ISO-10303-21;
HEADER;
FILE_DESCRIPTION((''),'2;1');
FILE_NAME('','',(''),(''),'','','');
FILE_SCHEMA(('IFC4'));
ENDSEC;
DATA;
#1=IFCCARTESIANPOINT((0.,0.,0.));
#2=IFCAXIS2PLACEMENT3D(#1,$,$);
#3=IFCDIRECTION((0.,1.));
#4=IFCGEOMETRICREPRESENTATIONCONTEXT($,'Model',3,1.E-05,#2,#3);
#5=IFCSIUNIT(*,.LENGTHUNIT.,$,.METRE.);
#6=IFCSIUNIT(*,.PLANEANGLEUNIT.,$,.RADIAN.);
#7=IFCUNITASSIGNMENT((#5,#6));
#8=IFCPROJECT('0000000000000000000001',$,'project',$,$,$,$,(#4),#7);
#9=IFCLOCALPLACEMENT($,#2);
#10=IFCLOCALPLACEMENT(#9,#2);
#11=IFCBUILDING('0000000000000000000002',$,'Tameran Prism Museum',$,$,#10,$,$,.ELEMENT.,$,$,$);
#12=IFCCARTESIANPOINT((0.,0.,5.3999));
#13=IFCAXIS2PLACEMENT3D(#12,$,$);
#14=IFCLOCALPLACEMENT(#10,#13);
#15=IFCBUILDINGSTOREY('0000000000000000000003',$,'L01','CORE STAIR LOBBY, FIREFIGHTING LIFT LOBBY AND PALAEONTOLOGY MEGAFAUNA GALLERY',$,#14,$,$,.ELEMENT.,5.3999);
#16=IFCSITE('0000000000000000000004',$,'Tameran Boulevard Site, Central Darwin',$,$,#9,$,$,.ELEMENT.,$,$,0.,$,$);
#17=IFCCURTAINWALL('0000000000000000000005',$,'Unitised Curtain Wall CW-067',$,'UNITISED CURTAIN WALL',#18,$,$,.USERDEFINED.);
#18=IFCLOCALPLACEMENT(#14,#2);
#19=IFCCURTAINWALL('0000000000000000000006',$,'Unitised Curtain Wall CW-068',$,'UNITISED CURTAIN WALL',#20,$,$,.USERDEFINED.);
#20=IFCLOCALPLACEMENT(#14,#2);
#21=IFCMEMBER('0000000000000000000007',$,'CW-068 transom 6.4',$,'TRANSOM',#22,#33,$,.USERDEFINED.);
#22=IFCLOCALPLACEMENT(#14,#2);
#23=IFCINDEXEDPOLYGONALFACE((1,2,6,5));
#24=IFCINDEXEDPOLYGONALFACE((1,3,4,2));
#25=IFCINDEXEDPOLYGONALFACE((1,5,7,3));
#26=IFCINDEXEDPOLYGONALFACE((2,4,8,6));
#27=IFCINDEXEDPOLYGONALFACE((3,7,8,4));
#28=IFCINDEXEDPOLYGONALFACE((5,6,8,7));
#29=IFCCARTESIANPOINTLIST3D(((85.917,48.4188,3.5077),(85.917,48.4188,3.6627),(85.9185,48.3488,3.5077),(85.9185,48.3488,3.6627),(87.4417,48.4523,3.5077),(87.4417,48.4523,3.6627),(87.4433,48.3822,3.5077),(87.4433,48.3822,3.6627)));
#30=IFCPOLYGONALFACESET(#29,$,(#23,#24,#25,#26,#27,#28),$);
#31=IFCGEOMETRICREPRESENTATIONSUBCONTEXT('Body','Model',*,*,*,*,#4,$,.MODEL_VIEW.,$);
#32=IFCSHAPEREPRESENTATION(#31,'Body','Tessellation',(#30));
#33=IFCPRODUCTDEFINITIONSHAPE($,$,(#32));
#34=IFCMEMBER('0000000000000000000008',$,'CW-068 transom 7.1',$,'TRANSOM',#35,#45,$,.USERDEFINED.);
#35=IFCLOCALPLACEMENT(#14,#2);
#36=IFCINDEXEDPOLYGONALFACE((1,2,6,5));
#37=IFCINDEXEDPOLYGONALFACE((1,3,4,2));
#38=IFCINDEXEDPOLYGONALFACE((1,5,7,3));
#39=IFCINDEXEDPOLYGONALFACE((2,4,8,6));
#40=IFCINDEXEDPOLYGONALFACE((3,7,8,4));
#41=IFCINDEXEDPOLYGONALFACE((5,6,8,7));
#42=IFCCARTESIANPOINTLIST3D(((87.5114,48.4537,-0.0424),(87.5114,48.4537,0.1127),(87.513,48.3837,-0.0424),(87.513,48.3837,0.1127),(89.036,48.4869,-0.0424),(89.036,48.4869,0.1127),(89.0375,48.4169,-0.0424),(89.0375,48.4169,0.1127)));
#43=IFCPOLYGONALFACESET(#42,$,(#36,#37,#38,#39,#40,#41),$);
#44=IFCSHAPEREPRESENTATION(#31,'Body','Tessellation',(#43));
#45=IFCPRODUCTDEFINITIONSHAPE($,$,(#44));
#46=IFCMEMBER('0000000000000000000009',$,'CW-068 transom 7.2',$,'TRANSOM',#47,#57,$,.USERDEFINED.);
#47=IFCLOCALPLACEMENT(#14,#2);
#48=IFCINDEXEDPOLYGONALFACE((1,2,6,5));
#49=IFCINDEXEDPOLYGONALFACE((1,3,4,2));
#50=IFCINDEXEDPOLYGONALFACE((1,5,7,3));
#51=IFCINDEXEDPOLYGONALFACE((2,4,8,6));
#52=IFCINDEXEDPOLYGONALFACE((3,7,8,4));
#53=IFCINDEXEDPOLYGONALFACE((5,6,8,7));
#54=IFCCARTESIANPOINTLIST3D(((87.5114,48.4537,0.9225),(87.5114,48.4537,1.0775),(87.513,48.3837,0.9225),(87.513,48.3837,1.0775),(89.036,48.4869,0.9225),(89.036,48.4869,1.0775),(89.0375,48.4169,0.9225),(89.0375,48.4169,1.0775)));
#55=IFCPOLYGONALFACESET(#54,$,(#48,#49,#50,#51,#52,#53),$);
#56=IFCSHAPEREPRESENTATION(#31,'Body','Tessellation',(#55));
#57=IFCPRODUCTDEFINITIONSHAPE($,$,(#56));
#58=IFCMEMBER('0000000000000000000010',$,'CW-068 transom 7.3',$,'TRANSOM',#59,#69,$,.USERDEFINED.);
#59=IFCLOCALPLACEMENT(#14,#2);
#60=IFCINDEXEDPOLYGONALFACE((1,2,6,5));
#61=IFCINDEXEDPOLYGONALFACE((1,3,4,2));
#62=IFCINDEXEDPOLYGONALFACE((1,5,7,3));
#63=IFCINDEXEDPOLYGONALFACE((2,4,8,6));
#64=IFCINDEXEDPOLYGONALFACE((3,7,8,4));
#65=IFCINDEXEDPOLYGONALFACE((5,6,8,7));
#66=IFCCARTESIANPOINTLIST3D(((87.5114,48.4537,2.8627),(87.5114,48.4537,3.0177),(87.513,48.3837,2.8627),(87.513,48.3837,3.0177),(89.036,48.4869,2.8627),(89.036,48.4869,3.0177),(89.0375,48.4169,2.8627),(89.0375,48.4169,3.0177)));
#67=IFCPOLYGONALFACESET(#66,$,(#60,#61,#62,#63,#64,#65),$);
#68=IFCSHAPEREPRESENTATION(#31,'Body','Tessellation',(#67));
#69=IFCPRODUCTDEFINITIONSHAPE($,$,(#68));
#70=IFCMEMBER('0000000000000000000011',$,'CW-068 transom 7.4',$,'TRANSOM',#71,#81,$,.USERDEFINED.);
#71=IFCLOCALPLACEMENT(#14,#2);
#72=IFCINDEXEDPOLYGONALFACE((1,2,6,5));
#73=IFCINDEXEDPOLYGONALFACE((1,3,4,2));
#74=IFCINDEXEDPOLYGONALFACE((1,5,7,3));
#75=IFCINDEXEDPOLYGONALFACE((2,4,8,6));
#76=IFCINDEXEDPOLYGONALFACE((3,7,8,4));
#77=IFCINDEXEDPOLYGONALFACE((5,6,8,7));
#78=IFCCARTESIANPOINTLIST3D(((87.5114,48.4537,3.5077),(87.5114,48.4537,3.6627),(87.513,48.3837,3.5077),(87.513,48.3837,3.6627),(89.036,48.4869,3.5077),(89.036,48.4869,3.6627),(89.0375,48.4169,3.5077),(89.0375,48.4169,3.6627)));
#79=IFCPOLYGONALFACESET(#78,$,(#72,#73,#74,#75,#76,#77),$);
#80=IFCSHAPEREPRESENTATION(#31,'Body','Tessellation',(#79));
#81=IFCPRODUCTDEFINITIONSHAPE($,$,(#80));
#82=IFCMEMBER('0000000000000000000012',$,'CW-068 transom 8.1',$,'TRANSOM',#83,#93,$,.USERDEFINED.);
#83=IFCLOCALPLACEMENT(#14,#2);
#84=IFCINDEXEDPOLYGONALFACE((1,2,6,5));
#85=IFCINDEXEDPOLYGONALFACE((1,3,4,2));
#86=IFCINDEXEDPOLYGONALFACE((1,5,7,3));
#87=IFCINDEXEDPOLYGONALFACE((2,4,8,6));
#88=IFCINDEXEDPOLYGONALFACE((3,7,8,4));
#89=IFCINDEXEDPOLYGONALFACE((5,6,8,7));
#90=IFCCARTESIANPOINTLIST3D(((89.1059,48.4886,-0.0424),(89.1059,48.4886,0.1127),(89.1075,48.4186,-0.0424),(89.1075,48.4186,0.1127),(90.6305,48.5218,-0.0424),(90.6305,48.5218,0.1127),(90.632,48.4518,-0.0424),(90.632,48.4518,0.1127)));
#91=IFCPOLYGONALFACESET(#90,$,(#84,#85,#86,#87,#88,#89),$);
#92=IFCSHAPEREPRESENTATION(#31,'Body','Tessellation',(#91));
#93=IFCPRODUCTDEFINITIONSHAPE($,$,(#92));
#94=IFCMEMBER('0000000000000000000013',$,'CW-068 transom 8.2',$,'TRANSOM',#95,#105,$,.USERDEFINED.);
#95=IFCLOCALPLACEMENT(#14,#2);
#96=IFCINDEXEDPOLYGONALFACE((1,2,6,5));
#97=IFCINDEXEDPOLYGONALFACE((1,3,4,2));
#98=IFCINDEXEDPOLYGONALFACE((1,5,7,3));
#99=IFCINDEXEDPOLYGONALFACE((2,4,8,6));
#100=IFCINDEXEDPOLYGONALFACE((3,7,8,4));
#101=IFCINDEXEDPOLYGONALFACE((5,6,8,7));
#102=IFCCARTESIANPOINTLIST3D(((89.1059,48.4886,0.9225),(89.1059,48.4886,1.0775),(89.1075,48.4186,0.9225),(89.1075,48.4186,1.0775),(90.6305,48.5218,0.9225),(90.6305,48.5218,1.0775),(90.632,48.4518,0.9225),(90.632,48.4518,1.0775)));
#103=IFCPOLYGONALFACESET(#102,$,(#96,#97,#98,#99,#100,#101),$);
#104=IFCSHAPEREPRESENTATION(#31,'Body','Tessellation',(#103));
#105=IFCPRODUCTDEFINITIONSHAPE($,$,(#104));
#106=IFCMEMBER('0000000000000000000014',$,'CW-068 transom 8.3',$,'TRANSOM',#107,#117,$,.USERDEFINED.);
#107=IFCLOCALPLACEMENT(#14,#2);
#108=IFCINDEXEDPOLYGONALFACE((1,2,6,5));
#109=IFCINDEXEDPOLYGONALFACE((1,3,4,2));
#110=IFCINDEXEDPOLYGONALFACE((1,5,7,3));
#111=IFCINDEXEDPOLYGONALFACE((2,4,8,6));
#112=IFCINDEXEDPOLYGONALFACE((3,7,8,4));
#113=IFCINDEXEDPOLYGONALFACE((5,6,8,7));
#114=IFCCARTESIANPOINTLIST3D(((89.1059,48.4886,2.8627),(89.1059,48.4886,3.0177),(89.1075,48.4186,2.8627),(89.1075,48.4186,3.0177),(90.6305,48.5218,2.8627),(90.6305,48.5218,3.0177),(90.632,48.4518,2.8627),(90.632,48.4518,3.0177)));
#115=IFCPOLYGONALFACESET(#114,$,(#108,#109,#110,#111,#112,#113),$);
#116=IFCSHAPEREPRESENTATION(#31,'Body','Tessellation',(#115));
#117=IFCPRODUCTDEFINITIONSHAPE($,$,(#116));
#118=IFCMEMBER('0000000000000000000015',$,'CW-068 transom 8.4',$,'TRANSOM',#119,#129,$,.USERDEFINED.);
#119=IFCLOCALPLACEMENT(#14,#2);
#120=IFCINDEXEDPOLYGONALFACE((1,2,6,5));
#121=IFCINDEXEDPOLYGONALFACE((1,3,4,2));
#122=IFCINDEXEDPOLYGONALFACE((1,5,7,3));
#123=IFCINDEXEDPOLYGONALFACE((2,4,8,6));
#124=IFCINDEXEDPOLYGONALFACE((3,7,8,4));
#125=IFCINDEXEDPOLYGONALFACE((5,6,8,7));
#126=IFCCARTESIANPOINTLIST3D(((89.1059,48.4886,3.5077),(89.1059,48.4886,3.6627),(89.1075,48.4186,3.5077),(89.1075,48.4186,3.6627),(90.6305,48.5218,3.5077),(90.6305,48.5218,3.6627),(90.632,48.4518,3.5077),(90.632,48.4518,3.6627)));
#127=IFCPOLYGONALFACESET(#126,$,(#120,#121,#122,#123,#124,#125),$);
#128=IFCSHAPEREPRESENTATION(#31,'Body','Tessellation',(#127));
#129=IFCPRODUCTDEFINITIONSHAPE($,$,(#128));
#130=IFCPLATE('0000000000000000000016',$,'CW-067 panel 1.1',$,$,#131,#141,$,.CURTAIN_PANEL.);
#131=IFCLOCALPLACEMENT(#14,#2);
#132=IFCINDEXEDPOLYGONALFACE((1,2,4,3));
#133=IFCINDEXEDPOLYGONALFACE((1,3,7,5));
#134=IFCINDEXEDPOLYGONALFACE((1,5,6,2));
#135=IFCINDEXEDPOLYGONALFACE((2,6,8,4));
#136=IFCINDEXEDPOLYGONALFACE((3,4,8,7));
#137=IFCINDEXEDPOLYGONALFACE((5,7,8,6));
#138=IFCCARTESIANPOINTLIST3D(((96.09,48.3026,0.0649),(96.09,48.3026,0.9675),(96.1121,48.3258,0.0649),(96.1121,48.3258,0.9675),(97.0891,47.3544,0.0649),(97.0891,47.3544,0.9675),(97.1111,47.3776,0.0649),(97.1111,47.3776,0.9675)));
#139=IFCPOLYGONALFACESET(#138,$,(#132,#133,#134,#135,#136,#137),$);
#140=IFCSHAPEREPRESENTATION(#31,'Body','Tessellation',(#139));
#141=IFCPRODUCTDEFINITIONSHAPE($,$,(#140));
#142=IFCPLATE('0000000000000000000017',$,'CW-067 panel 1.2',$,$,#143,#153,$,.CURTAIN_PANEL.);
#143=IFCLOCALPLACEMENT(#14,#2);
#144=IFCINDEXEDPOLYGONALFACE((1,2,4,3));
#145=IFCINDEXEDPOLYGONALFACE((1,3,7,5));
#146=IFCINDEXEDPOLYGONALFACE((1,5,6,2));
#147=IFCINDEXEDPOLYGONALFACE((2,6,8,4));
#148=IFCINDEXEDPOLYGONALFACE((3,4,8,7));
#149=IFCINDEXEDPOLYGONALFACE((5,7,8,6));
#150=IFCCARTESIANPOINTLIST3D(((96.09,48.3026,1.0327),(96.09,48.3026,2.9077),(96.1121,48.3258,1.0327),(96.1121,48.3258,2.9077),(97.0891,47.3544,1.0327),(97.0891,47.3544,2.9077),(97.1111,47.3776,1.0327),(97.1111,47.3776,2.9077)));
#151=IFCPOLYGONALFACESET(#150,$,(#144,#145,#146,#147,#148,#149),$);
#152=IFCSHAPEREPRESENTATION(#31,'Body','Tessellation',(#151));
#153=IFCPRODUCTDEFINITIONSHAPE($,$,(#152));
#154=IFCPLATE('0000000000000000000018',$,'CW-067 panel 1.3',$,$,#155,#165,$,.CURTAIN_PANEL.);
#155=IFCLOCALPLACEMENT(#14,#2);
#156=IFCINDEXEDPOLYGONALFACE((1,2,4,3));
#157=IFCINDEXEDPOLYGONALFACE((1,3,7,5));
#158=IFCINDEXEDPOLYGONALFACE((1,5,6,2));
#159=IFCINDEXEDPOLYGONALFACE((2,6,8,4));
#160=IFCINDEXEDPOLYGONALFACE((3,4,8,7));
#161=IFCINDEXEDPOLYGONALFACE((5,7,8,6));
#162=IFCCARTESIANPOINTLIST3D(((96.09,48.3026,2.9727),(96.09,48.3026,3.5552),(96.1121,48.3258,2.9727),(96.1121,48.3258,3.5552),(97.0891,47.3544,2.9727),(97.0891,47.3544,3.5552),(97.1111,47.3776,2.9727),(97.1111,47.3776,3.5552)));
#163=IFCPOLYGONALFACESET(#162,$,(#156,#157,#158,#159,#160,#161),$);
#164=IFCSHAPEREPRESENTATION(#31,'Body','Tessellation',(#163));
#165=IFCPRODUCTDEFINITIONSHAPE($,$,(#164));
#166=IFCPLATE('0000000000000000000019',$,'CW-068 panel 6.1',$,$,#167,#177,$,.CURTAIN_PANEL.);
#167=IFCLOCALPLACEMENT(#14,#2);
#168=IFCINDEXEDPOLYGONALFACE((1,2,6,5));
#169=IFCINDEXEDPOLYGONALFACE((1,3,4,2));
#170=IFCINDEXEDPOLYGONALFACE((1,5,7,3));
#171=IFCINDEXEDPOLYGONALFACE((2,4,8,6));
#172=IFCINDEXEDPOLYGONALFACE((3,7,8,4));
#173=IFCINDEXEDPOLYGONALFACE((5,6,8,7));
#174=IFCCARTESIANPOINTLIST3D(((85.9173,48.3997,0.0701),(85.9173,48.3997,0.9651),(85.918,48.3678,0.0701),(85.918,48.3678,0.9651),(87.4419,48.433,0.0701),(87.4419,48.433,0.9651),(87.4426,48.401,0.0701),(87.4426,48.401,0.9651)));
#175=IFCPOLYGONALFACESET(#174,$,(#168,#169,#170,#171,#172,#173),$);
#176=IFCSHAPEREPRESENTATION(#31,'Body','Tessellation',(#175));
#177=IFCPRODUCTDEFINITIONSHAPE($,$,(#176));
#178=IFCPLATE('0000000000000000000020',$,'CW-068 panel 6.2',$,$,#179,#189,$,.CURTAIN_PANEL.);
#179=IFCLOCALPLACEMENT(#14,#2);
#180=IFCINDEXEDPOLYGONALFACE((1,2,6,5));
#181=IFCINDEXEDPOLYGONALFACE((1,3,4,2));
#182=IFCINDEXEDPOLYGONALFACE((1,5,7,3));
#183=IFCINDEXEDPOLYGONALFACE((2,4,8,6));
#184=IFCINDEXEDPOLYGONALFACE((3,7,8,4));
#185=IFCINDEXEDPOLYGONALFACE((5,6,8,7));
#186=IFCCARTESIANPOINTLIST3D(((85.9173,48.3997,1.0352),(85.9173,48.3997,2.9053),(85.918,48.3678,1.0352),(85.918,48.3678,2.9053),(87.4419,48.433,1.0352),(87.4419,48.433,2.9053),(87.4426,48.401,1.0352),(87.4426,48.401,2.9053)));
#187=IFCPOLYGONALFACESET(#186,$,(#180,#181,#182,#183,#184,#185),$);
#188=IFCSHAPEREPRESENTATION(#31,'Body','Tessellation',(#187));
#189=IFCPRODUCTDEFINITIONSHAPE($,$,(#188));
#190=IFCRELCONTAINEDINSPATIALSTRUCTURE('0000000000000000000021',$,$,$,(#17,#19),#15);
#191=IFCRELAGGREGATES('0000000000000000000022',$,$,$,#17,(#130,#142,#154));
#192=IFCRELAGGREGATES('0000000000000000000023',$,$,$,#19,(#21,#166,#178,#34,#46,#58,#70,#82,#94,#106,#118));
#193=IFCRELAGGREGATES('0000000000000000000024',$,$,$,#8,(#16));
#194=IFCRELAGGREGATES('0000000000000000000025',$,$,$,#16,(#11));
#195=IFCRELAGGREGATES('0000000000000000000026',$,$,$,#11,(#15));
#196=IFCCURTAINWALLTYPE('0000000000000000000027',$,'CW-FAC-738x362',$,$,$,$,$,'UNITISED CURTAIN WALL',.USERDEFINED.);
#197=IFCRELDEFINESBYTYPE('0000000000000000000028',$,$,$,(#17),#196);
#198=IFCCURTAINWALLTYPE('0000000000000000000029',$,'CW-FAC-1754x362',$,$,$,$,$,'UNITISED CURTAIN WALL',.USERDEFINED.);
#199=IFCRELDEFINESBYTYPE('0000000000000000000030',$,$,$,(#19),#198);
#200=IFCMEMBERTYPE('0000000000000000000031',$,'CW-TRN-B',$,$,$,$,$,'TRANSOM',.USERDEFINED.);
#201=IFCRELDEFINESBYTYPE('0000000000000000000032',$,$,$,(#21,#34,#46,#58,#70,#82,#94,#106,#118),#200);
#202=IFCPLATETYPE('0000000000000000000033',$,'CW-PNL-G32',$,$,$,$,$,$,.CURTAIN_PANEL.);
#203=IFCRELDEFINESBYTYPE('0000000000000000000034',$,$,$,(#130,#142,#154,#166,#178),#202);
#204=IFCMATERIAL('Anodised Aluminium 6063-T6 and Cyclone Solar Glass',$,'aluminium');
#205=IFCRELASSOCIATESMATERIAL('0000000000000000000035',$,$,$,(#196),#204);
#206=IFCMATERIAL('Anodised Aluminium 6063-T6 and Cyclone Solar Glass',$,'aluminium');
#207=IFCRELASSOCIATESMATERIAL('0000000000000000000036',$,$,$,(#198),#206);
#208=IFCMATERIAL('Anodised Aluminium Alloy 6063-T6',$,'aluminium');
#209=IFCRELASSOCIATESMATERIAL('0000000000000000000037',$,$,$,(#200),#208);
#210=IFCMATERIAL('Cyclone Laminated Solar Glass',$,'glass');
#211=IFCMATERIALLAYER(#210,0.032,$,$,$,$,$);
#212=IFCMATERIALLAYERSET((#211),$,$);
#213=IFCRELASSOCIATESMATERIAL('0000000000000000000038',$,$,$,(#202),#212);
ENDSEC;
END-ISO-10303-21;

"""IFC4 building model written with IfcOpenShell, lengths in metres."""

from ifc_helpers import new_model, si_unit, direction, frame, origin, origin_2d, place, context, subcontext, project, spatial, rectangle, extrude, material, layer, layer_set, material_profile, profile_set, type_object, element, aggregate, save


model = new_model("IFC4")

# Units and contexts
model_context = context("Model", 3, precision=1e-05, world=origin(), true_north=direction((0.0, 1.0)))
body_context = subcontext(model_context, "Body", "Model", "MODEL_VIEW")
ifc_project = project(units=[si_unit("LENGTHUNIT", "METRE"), si_unit("PLANEANGLEUNIT", "RADIAN")], contexts=[model_context])

# Site, building, storey
site_placement = place(None, origin())
site = spatial("IfcSite", under=ifc_project, at=site_placement, Name="Tameran Boulevard Site, Central Darwin", CompositionType="ELEMENT", RefElevation=0.0)
building_placement = place(site_placement, origin())
building = spatial("IfcBuilding", under=site, at=building_placement, Name="Tameran Prism Museum", CompositionType="ELEMENT")
storey_placement = place(building_placement, frame((0.0, 0.0, 5.3999)))
storey = spatial("IfcBuildingStorey", under=building, at=storey_placement, Name="L01", Description="CORE STAIR LOBBY, FIREFIGHTING LIFT LOBBY AND PALAEONTOLOGY MEGAFAUNA GALLERY", CompositionType="ELEMENT", Elevation=5.3999)

# Curtain walls
ifc_material_1 = material(Name="Anodised Aluminium 6063-T6 and Cyclone Solar Glass", Category="aluminium")
curtain_wall_type_1 = type_object("IfcCurtainWallType", Name="CW-FAC-738x362", ElementType="UNITISED CURTAIN WALL", PredefinedType="USERDEFINED", material=ifc_material_1)
curtain_wall_1_placement = place(storey_placement, origin())
curtain_wall_1 = element("IfcCurtainWall", 1, at=curtain_wall_1_placement, inside=storey, type_object=curtain_wall_type_1, Name="Unitised Curtain Wall CW-067", ObjectType="UNITISED CURTAIN WALL", PredefinedType="USERDEFINED")
ifc_material_2 = material(Name="Anodised Aluminium 6063-T6 and Cyclone Solar Glass", Category="aluminium")
curtain_wall_type_2 = type_object("IfcCurtainWallType", Name="CW-FAC-1754x362", ElementType="UNITISED CURTAIN WALL", PredefinedType="USERDEFINED", material=ifc_material_2)
curtain_wall_2_placement = place(storey_placement, origin())
curtain_wall_2 = element("IfcCurtainWall", 2, at=curtain_wall_2_placement, inside=storey, type_object=curtain_wall_type_2, Name="Unitised Curtain Wall CW-068", ObjectType="UNITISED CURTAIN WALL", PredefinedType="USERDEFINED")

# Members
ifc_material_3 = material(Name="Anodised Aluminium Alloy 6063-T6", Category="aluminium")
ifc_material_profile_1 = material_profile(ifc_material_3, rectangle(XDim=0.0701, YDim=0.155, at=origin_2d()))
ifc_profile_set_1 = profile_set([ifc_material_profile_1])
member_type_1 = type_object("IfcMemberType", Name="CW-TRN-B", ElementType="TRANSOM", PredefinedType="USERDEFINED", material=ifc_profile_set_1)
member_1_placement = place(storey_placement, frame((85.9177, 48.3838, 3.5852), z_axis=(0.999759, 0.021932, 0.0), x_axis=(-0.021932, 0.999759, 0.0)))
member_1 = element("IfcMember", 3, at=member_1_placement, type_object=member_type_1, Name="CW-068 transom 6.4", ObjectType="TRANSOM", PredefinedType="USERDEFINED", context=body_context, shape_type="SweptSolid", body=[
    extrude(rectangle(XDim=0.0701, YDim=0.155, at=origin_2d()), origin(), (0.0, 0.0, 1.0), 1.5251),
])
member_2_placement = place(storey_placement, frame((87.5122, 48.4187, 0.0352), z_axis=(0.999763, 0.021772, 0.0), x_axis=(-0.021772, 0.999763, 0.0)))
member_2 = element("IfcMember", 4, at=member_2_placement, type_object=member_type_1, Name="CW-068 transom 7.1", ObjectType="TRANSOM", PredefinedType="USERDEFINED", context=body_context, shape_type="SweptSolid", body=[
    extrude(rectangle(XDim=0.0701, YDim=0.155, at=origin_2d()), origin(), (0.0, 0.0, 1.0), 1.5249),
])
member_3_placement = place(storey_placement, frame((87.5122, 48.4187, 1.0), z_axis=(0.999763, 0.021772, 0.0), x_axis=(-0.021772, 0.999763, 0.0)))
member_3 = element("IfcMember", 5, at=member_3_placement, type_object=member_type_1, Name="CW-068 transom 7.2", ObjectType="TRANSOM", PredefinedType="USERDEFINED", context=body_context, shape_type="SweptSolid", body=[
    extrude(rectangle(XDim=0.0701, YDim=0.155, at=origin_2d()), origin(), (0.0, 0.0, 1.0), 1.5249),
])
member_4_placement = place(storey_placement, frame((87.5122, 48.4187, 2.9402), z_axis=(0.999763, 0.021772, 0.0), x_axis=(-0.021772, 0.999763, 0.0)))
member_4 = element("IfcMember", 6, at=member_4_placement, type_object=member_type_1, Name="CW-068 transom 7.3", ObjectType="TRANSOM", PredefinedType="USERDEFINED", context=body_context, shape_type="SweptSolid", body=[
    extrude(rectangle(XDim=0.0701, YDim=0.155, at=origin_2d()), origin(), (0.0, 0.0, 1.0), 1.5249),
])
member_5_placement = place(storey_placement, frame((87.5122, 48.4187, 3.5852), z_axis=(0.999763, 0.021772, 0.0), x_axis=(-0.021772, 0.999763, 0.0)))
member_5 = element("IfcMember", 7, at=member_5_placement, type_object=member_type_1, Name="CW-068 transom 7.4", ObjectType="TRANSOM", PredefinedType="USERDEFINED", context=body_context, shape_type="SweptSolid", body=[
    extrude(rectangle(XDim=0.0701, YDim=0.155, at=origin_2d()), origin(), (0.0, 0.0, 1.0), 1.5249),
])
member_6_placement = place(storey_placement, frame((89.1067, 48.4536, 0.0352), z_axis=(0.999763, 0.021772, 0.0), x_axis=(-0.021772, 0.999763, 0.0)))
member_6 = element("IfcMember", 8, at=member_6_placement, type_object=member_type_1, Name="CW-068 transom 8.1", ObjectType="TRANSOM", PredefinedType="USERDEFINED", context=body_context, shape_type="SweptSolid", body=[
    extrude(rectangle(XDim=0.0701, YDim=0.155, at=origin_2d()), origin(), (0.0, 0.0, 1.0), 1.5249),
])
member_7_placement = place(storey_placement, frame((89.1067, 48.4536, 1.0), z_axis=(0.999763, 0.021772, 0.0), x_axis=(-0.021772, 0.999763, 0.0)))
member_7 = element("IfcMember", 9, at=member_7_placement, type_object=member_type_1, Name="CW-068 transom 8.2", ObjectType="TRANSOM", PredefinedType="USERDEFINED", context=body_context, shape_type="SweptSolid", body=[
    extrude(rectangle(XDim=0.0701, YDim=0.155, at=origin_2d()), origin(), (0.0, 0.0, 1.0), 1.5249),
])
member_8_placement = place(storey_placement, frame((89.1067, 48.4536, 2.9402), z_axis=(0.999763, 0.021772, 0.0), x_axis=(-0.021772, 0.999763, 0.0)))
member_8 = element("IfcMember", 10, at=member_8_placement, type_object=member_type_1, Name="CW-068 transom 8.3", ObjectType="TRANSOM", PredefinedType="USERDEFINED", context=body_context, shape_type="SweptSolid", body=[
    extrude(rectangle(XDim=0.0701, YDim=0.155, at=origin_2d()), origin(), (0.0, 0.0, 1.0), 1.5249),
])
member_9_placement = place(storey_placement, frame((89.1067, 48.4536, 3.5852), z_axis=(0.999763, 0.021772, 0.0), x_axis=(-0.021772, 0.999763, 0.0)))
member_9 = element("IfcMember", 11, at=member_9_placement, type_object=member_type_1, Name="CW-068 transom 8.4", ObjectType="TRANSOM", PredefinedType="USERDEFINED", context=body_context, shape_type="SweptSolid", body=[
    extrude(rectangle(XDim=0.0701, YDim=0.155, at=origin_2d()), origin(), (0.0, 0.0, 1.0), 1.5249),
])

# Plates
ifc_material_4 = material(Name="Cyclone Laminated Solar Glass", Category="glass")
ifc_layer = layer(ifc_material_4, 0.032)
ifc_layer_set = layer_set([ifc_layer])
plate_type = type_object("IfcPlateType", Name="CW-PNL-G32", PredefinedType="CURTAIN_PANEL", material=ifc_layer_set)
plate_1_placement = place(storey_placement, frame((96.6006, 47.8401, 0.0649), z_axis=(0.0, 0.0, 1.0), x_axis=(0.725307, -0.688425, 0.0)))
plate_1 = element("IfcPlate", 12, at=plate_1_placement, type_object=plate_type, Name="CW-067 panel 1.1", PredefinedType="CURTAIN_PANEL", context=body_context, shape_type="SweptSolid", body=[
    extrude(rectangle(XDim=1.3774, YDim=0.032, at=origin_2d()), origin(), (0.0, 0.0, 1.0), 0.9026),
])
plate_2_placement = place(storey_placement, frame((96.6006, 47.8401, 1.0327), z_axis=(0.0, 0.0, 1.0), x_axis=(0.725307, -0.688425, 0.0)))
plate_2 = element("IfcPlate", 13, at=plate_2_placement, type_object=plate_type, Name="CW-067 panel 1.2", PredefinedType="CURTAIN_PANEL", context=body_context, shape_type="SweptSolid", body=[
    extrude(rectangle(XDim=1.3774, YDim=0.032, at=origin_2d()), origin(), (0.0, 0.0, 1.0), 1.875),
])
plate_3_placement = place(storey_placement, frame((96.6006, 47.8401, 2.9727), z_axis=(0.0, 0.0, 1.0), x_axis=(0.725307, -0.688425, 0.0)))
plate_3 = element("IfcPlate", 14, at=plate_3_placement, type_object=plate_type, Name="CW-067 panel 1.3", PredefinedType="CURTAIN_PANEL", context=body_context, shape_type="SweptSolid", body=[
    extrude(rectangle(XDim=1.3774, YDim=0.032, at=origin_2d()), origin(), (0.0, 0.0, 1.0), 0.5825),
])
aggregate(curtain_wall_1, [plate_1, plate_2, plate_3])
plate_4_placement = place(storey_placement, frame((86.6799, 48.4004, 0.0701), z_axis=(0.0, 0.0, 1.0), x_axis=(0.999762, 0.021831, 0.0)))
plate_4 = element("IfcPlate", 15, at=plate_4_placement, type_object=plate_type, Name="CW-068 panel 6.1", PredefinedType="CURTAIN_PANEL", context=body_context, shape_type="SweptSolid", body=[
    extrude(rectangle(XDim=1.5249, YDim=0.032, at=origin_2d()), origin(), (0.0, 0.0, 1.0), 0.895),
])
plate_5_placement = place(storey_placement, frame((86.6799, 48.4004, 1.0352), z_axis=(0.0, 0.0, 1.0), x_axis=(0.999762, 0.021831, 0.0)))
plate_5 = element("IfcPlate", 16, at=plate_5_placement, type_object=plate_type, Name="CW-068 panel 6.2", PredefinedType="CURTAIN_PANEL", context=body_context, shape_type="SweptSolid", body=[
    extrude(rectangle(XDim=1.5249, YDim=0.032, at=origin_2d()), origin(), (0.0, 0.0, 1.0), 1.8701),
])
aggregate(curtain_wall_2, [member_1, plate_4, plate_5, member_2, member_3, member_4, member_5, member_6, member_7, member_8, member_9])

save(model, "model.ifc")
